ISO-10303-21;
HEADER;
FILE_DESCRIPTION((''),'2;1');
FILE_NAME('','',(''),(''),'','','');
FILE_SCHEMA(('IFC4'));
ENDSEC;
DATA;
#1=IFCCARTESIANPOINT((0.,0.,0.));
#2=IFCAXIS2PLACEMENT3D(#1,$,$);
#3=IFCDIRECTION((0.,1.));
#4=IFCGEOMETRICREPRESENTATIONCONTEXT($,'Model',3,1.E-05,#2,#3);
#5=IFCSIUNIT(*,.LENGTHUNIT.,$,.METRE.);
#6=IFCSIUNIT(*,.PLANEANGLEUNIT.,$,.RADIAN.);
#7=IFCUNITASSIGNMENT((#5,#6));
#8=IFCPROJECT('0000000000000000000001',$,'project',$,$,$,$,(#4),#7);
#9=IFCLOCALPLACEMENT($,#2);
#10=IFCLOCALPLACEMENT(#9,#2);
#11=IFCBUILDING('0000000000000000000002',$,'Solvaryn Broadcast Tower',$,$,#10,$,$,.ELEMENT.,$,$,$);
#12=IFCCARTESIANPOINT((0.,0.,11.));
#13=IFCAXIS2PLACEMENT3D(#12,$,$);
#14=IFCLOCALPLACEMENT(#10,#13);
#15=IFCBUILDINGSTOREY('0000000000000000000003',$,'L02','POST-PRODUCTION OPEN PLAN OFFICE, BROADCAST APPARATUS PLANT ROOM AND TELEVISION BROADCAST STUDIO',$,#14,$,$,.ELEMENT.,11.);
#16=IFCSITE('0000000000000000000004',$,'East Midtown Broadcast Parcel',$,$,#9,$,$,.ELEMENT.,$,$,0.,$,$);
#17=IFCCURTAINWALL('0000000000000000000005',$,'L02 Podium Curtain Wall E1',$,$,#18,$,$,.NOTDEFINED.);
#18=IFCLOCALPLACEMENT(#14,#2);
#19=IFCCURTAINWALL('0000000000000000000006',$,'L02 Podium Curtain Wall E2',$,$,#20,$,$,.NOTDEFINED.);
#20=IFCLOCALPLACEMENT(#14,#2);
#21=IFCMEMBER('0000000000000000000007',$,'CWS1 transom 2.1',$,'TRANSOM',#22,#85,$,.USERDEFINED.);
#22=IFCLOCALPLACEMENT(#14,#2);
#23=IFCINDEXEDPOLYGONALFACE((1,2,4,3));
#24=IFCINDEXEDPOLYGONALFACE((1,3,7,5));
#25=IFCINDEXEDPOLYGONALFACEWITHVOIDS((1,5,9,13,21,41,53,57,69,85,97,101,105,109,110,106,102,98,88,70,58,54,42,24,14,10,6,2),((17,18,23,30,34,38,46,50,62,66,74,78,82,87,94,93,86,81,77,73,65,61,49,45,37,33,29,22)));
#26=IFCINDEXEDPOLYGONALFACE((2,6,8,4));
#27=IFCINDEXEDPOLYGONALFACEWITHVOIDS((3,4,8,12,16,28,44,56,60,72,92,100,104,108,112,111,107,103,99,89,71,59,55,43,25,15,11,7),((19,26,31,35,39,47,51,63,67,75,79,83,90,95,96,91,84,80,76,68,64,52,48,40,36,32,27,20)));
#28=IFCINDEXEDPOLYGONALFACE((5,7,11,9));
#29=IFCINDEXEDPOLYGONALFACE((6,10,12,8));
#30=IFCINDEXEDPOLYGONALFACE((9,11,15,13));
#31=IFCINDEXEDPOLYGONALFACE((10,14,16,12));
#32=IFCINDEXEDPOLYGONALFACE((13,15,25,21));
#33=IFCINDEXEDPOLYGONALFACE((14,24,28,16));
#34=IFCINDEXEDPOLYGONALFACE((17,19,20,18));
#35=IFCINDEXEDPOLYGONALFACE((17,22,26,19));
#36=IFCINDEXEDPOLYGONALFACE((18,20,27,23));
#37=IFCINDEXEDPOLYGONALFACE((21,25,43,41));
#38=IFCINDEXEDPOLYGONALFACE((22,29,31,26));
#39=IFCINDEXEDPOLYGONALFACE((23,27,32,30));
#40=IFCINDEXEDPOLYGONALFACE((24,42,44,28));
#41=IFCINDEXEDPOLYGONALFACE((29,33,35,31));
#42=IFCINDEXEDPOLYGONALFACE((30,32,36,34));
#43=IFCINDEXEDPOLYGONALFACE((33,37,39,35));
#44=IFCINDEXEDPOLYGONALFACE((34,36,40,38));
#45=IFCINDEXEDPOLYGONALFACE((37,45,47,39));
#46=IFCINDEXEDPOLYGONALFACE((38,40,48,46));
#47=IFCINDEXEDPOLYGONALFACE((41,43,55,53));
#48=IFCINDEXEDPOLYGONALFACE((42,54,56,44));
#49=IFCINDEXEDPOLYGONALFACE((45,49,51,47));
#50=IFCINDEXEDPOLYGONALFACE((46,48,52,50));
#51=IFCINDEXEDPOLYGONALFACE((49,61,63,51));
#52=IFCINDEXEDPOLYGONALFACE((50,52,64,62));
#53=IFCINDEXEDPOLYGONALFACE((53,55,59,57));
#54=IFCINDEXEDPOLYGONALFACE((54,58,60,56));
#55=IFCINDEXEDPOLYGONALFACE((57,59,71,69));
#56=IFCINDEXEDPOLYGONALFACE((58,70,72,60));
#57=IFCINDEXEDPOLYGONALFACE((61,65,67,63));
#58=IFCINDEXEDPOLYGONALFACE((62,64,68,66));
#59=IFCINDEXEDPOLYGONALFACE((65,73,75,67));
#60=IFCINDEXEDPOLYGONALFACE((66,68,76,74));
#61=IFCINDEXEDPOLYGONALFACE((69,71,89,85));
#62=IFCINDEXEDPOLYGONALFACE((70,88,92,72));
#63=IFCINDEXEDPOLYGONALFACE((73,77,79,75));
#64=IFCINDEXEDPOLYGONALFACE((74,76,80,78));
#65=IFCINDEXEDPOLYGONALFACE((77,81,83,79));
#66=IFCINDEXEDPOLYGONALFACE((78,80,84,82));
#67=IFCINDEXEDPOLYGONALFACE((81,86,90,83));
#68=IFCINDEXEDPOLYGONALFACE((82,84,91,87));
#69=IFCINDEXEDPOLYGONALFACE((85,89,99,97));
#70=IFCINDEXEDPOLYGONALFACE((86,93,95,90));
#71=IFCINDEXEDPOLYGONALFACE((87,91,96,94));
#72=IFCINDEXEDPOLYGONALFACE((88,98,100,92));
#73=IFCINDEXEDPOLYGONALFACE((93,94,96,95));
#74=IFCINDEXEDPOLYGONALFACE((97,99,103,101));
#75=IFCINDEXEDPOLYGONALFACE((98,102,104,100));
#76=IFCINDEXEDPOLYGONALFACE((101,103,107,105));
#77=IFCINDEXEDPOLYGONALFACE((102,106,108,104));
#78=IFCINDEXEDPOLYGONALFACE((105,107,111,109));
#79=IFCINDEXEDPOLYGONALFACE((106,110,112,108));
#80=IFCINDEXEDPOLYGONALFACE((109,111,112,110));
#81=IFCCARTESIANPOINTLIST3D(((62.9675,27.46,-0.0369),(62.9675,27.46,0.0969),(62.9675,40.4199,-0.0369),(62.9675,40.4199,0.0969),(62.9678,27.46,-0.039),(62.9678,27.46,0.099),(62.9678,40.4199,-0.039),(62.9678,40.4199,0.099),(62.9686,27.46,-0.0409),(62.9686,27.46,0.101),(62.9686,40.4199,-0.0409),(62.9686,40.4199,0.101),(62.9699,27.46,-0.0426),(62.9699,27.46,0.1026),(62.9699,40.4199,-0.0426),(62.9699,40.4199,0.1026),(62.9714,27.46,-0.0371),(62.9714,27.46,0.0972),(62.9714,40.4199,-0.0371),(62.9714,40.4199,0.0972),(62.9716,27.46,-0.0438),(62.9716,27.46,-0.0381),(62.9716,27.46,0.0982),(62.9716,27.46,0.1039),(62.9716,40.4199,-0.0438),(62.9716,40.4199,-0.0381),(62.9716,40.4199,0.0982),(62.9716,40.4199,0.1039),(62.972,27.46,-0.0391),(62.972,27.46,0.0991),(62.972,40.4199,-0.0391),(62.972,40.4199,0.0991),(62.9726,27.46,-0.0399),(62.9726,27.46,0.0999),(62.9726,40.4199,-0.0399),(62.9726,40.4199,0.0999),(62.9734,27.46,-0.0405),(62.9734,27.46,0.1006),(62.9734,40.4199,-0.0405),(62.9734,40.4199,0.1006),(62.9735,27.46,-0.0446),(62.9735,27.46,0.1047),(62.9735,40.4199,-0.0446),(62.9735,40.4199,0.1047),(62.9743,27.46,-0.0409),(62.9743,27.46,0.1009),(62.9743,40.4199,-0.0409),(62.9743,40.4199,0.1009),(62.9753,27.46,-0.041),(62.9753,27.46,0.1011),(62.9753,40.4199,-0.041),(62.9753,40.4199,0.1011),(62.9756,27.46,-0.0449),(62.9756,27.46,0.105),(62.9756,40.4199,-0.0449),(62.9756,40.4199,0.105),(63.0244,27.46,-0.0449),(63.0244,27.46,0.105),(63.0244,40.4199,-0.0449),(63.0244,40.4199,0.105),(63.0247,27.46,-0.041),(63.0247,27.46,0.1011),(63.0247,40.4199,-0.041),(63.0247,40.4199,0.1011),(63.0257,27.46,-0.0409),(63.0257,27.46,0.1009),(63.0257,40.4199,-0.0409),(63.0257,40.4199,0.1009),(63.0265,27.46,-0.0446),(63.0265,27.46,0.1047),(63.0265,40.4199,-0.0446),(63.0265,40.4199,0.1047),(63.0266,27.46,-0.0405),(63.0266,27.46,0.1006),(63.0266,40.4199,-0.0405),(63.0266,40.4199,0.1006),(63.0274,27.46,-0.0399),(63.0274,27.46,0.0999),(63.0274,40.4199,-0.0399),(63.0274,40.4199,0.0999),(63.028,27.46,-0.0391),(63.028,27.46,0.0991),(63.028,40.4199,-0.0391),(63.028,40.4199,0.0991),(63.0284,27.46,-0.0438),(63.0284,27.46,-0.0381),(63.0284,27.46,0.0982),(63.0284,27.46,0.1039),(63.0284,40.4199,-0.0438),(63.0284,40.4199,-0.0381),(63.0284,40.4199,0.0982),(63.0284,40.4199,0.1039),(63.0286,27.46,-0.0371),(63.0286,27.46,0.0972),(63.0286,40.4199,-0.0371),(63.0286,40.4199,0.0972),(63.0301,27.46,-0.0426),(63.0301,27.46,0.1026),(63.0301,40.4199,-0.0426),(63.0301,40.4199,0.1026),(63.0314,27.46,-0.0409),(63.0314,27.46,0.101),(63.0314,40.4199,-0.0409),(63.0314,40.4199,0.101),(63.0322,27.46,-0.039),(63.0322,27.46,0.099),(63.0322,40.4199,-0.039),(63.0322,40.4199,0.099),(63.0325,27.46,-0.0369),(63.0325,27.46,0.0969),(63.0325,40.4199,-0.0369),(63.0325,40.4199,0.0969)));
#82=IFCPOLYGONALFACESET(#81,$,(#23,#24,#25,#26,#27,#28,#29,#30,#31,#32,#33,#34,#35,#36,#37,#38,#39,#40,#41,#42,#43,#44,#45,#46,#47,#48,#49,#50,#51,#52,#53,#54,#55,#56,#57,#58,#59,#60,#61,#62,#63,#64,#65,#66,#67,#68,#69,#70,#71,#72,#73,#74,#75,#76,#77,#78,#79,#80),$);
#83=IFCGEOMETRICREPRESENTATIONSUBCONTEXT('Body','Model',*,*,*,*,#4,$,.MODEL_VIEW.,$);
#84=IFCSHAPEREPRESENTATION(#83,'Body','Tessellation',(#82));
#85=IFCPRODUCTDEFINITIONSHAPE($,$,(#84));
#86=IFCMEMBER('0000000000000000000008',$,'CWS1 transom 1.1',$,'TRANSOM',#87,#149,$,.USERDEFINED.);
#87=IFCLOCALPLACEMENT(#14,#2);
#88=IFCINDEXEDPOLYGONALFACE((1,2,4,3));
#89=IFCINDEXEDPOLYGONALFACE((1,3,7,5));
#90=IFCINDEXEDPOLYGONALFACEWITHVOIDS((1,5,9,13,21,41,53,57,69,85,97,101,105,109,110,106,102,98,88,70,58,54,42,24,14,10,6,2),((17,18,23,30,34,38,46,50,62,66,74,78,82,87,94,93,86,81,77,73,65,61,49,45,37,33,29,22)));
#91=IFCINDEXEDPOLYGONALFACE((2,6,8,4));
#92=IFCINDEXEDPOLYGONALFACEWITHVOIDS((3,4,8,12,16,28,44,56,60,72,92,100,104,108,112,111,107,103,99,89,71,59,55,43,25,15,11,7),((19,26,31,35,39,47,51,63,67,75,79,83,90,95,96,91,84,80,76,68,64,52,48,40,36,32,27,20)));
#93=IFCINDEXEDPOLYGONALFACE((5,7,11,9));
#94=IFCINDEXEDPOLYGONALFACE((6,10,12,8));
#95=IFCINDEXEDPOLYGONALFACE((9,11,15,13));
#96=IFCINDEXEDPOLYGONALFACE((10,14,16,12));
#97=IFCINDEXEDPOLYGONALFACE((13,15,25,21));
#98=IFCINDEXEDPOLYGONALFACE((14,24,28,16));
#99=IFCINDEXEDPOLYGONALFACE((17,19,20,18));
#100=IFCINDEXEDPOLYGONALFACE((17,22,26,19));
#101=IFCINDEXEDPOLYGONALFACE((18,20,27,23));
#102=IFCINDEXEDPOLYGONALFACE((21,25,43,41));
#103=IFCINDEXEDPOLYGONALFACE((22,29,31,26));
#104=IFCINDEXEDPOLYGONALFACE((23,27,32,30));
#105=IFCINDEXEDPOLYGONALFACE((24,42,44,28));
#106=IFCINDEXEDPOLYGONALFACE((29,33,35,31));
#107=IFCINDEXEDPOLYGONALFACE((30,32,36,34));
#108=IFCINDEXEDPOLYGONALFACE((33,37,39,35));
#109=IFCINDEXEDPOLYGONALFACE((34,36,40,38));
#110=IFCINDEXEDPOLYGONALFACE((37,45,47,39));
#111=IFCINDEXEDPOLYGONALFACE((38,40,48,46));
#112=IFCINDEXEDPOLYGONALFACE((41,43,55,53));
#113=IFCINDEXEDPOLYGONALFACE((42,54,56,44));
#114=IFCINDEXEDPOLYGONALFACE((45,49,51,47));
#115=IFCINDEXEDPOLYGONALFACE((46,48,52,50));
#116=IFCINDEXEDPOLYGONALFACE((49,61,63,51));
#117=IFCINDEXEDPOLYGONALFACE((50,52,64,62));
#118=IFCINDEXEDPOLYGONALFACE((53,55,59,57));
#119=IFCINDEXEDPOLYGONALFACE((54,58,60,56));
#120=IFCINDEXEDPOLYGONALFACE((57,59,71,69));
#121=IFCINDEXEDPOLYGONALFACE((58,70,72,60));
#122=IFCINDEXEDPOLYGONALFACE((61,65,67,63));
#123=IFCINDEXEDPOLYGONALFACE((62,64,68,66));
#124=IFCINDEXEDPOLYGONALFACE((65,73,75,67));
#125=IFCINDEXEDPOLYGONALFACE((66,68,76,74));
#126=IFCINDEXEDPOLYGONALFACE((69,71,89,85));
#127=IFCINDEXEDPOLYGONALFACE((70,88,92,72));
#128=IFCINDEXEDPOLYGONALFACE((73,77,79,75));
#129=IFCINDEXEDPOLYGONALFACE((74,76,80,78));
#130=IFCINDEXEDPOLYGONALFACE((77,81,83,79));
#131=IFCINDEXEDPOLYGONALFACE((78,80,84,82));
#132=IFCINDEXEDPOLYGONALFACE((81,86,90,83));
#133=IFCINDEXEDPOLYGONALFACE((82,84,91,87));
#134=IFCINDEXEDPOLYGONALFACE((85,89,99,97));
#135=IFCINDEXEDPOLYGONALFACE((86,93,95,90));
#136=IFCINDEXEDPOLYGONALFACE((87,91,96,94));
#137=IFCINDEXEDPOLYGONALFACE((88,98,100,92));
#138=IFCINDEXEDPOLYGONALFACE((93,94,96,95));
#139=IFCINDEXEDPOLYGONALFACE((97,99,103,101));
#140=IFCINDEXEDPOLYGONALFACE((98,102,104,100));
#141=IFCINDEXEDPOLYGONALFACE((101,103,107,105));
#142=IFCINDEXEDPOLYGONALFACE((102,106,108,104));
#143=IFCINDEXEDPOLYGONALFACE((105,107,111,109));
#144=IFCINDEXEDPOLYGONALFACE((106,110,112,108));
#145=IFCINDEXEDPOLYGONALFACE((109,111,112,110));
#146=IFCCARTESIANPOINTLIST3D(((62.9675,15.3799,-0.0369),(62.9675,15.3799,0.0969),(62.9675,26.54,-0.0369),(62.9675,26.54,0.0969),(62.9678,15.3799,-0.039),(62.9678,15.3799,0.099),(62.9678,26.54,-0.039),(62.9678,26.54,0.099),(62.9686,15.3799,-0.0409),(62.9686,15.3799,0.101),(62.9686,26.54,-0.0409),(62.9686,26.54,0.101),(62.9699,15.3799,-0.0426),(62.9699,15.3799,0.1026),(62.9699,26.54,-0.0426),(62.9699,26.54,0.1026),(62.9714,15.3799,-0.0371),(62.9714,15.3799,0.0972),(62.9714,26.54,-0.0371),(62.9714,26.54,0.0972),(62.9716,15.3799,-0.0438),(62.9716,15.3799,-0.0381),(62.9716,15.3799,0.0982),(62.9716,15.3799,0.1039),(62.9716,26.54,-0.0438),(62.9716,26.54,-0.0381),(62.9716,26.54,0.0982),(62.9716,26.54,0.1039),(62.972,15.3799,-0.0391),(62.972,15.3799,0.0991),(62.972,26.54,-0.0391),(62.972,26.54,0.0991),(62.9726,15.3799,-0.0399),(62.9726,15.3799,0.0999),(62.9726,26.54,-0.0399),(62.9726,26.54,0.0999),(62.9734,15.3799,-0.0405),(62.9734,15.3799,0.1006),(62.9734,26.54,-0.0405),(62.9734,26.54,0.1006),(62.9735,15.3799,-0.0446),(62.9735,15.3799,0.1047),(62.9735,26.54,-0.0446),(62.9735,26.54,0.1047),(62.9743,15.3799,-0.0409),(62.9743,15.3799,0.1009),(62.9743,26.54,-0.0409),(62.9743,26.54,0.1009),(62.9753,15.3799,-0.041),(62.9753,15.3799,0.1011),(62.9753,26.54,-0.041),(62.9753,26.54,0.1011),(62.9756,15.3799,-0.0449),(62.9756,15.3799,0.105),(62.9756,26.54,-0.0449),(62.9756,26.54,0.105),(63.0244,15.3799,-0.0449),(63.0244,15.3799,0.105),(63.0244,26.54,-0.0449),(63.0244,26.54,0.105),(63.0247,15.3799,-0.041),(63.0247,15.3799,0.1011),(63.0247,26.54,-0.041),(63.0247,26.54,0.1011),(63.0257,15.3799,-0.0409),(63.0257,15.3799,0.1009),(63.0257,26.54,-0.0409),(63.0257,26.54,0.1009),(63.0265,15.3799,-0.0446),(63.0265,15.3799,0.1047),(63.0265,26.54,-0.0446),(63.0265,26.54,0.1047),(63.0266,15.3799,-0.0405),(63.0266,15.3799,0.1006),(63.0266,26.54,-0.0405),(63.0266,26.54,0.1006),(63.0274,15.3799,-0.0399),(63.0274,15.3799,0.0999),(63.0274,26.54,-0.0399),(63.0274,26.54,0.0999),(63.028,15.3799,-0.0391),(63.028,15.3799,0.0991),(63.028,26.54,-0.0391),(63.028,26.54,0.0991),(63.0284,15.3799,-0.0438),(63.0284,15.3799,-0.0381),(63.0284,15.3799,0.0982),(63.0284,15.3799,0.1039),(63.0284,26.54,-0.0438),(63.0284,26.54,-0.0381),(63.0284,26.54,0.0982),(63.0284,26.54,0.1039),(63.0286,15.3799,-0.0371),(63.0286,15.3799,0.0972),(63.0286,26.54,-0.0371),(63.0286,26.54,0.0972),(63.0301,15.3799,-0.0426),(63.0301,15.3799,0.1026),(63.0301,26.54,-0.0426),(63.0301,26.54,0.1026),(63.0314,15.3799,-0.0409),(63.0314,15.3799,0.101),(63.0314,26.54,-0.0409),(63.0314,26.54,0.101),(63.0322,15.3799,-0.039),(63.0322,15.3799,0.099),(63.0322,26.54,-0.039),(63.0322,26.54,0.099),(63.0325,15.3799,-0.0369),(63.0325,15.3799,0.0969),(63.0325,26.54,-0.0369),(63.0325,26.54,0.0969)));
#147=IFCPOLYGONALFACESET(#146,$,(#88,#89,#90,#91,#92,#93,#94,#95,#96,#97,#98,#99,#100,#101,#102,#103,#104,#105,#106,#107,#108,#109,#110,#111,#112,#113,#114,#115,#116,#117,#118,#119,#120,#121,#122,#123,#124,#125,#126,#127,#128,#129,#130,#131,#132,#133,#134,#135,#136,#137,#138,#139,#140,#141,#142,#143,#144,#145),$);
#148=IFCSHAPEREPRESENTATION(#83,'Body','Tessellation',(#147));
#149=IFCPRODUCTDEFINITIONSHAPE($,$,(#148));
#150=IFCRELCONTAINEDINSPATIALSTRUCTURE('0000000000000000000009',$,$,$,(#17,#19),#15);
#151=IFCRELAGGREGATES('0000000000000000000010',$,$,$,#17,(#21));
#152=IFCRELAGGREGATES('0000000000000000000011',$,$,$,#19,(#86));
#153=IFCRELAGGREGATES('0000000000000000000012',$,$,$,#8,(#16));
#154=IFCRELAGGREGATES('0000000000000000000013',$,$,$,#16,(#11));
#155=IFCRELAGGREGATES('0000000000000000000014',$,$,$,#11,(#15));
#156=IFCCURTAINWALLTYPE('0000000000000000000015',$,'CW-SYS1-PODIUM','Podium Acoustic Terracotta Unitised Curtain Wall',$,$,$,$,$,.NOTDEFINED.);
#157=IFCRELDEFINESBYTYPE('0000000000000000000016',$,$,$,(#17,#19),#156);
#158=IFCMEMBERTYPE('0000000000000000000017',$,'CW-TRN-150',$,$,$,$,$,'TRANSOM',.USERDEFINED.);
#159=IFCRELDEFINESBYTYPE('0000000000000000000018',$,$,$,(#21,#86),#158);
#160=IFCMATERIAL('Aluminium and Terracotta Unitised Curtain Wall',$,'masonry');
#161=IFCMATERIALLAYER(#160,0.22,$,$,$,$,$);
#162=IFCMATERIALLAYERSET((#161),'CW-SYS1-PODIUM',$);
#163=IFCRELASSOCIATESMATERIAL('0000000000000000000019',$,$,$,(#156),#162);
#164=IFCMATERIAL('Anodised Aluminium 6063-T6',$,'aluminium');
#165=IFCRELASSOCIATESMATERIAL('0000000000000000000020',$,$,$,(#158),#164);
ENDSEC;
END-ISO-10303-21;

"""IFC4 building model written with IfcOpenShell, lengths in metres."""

from ifc_helpers import new_model, si_unit, direction, frame, origin, origin_2d, place, context, subcontext, project, spatial, hollow_rectangle, extrude, material, layer, layer_set, material_profile, profile_set, type_object, element, aggregate, save


model = new_model("IFC4")

# Units and contexts
model_context = context("Model", 3, precision=1e-05, world=origin(), true_north=direction((0.0, 1.0)))
body_context = subcontext(model_context, "Body", "Model", "MODEL_VIEW")
ifc_project = project(units=[si_unit("LENGTHUNIT", "METRE"), si_unit("PLANEANGLEUNIT", "RADIAN")], contexts=[model_context])

# Site, building, storey
site_placement = place(None, origin())
site = spatial("IfcSite", under=ifc_project, at=site_placement, Name="East Midtown Broadcast Parcel", CompositionType="ELEMENT", RefElevation=0.0)
building_placement = place(site_placement, origin())
building = spatial("IfcBuilding", under=site, at=building_placement, Name="Solvaryn Broadcast Tower", CompositionType="ELEMENT")
storey_placement = place(building_placement, frame((0.0, 0.0, 11.0)))
storey = spatial("IfcBuildingStorey", under=building, at=storey_placement, Name="L02", Description="POST-PRODUCTION OPEN PLAN OFFICE, BROADCAST APPARATUS PLANT ROOM AND TELEVISION BROADCAST STUDIO", CompositionType="ELEMENT", Elevation=11.0)

# Curtain walls
ifc_material_1 = material(Name="Aluminium and Terracotta Unitised Curtain Wall", Category="masonry")
ifc_layer_1 = layer(ifc_material_1, 0.22)
ifc_layer_set_1 = layer_set([ifc_layer_1], Name="CW-SYS1-PODIUM")
curtain_wall_type = type_object("IfcCurtainWallType", Name="CW-SYS1-PODIUM", Description="Podium Acoustic Terracotta Unitised Curtain Wall", PredefinedType="NOTDEFINED", material=ifc_layer_set_1)
curtain_wall_1_placement = place(storey_placement, origin())
curtain_wall_1 = element("IfcCurtainWall", 1, at=curtain_wall_1_placement, inside=storey, type_object=curtain_wall_type, Name="L02 Podium Curtain Wall E1", PredefinedType="NOTDEFINED")
curtain_wall_2_placement = place(storey_placement, origin())
curtain_wall_2 = element("IfcCurtainWall", 2, at=curtain_wall_2_placement, inside=storey, type_object=curtain_wall_type, Name="L02 Podium Curtain Wall E2", PredefinedType="NOTDEFINED")

# Members
ifc_material_2 = material(Name="Anodised Aluminium 6063-T6", Category="aluminium")
ifc_material_profile_1 = material_profile(ifc_material_2, hollow_rectangle(XDim=0.0649, YDim=0.1499, WallThickness=0.0039, InnerFilletRadius=0.0039, OuterFilletRadius=0.0081, at=origin_2d()))
ifc_profile_set_1 = profile_set([ifc_material_profile_1], Name="Anodised Aluminium 6063-T6")
member_type_1 = type_object("IfcMemberType", Name="CW-TRN-150", ElementType="TRANSOM", PredefinedType="USERDEFINED", material=ifc_profile_set_1)
member_1_placement = place(storey_placement, frame((63.0, 40.4199, 0.03), z_axis=(0.0, -1.0, 0.0), x_axis=(1.0, 0.0, 0.0)))
member_1 = element("IfcMember", 3, at=member_1_placement, type_object=member_type_1, Name="CWS1 transom 2.1", ObjectType="TRANSOM", PredefinedType="USERDEFINED", context=body_context, shape_type="SweptSolid", body=[
    extrude(hollow_rectangle(XDim=0.0649, YDim=0.1499, WallThickness=0.0039, InnerFilletRadius=0.0039, OuterFilletRadius=0.0081, at=origin_2d()), origin(), (0.0, 0.0, 1.0), 12.96),
])
member_2_placement = place(storey_placement, frame((63.0, 26.54, 0.03), z_axis=(0.0, -1.0, 0.0), x_axis=(1.0, 0.0, 0.0)))
member_2 = element("IfcMember", 4, at=member_2_placement, type_object=member_type_1, Name="CWS1 transom 1.1", ObjectType="TRANSOM", PredefinedType="USERDEFINED", context=body_context, shape_type="SweptSolid", body=[
    extrude(hollow_rectangle(XDim=0.0649, YDim=0.1499, WallThickness=0.0039, InnerFilletRadius=0.0039, OuterFilletRadius=0.0081, at=origin_2d()), origin(), (0.0, 0.0, 1.0), 11.1602),
])

aggregate(curtain_wall_1, [member_1])
aggregate(curtain_wall_2, [member_2])

save(model, "model.ifc")
